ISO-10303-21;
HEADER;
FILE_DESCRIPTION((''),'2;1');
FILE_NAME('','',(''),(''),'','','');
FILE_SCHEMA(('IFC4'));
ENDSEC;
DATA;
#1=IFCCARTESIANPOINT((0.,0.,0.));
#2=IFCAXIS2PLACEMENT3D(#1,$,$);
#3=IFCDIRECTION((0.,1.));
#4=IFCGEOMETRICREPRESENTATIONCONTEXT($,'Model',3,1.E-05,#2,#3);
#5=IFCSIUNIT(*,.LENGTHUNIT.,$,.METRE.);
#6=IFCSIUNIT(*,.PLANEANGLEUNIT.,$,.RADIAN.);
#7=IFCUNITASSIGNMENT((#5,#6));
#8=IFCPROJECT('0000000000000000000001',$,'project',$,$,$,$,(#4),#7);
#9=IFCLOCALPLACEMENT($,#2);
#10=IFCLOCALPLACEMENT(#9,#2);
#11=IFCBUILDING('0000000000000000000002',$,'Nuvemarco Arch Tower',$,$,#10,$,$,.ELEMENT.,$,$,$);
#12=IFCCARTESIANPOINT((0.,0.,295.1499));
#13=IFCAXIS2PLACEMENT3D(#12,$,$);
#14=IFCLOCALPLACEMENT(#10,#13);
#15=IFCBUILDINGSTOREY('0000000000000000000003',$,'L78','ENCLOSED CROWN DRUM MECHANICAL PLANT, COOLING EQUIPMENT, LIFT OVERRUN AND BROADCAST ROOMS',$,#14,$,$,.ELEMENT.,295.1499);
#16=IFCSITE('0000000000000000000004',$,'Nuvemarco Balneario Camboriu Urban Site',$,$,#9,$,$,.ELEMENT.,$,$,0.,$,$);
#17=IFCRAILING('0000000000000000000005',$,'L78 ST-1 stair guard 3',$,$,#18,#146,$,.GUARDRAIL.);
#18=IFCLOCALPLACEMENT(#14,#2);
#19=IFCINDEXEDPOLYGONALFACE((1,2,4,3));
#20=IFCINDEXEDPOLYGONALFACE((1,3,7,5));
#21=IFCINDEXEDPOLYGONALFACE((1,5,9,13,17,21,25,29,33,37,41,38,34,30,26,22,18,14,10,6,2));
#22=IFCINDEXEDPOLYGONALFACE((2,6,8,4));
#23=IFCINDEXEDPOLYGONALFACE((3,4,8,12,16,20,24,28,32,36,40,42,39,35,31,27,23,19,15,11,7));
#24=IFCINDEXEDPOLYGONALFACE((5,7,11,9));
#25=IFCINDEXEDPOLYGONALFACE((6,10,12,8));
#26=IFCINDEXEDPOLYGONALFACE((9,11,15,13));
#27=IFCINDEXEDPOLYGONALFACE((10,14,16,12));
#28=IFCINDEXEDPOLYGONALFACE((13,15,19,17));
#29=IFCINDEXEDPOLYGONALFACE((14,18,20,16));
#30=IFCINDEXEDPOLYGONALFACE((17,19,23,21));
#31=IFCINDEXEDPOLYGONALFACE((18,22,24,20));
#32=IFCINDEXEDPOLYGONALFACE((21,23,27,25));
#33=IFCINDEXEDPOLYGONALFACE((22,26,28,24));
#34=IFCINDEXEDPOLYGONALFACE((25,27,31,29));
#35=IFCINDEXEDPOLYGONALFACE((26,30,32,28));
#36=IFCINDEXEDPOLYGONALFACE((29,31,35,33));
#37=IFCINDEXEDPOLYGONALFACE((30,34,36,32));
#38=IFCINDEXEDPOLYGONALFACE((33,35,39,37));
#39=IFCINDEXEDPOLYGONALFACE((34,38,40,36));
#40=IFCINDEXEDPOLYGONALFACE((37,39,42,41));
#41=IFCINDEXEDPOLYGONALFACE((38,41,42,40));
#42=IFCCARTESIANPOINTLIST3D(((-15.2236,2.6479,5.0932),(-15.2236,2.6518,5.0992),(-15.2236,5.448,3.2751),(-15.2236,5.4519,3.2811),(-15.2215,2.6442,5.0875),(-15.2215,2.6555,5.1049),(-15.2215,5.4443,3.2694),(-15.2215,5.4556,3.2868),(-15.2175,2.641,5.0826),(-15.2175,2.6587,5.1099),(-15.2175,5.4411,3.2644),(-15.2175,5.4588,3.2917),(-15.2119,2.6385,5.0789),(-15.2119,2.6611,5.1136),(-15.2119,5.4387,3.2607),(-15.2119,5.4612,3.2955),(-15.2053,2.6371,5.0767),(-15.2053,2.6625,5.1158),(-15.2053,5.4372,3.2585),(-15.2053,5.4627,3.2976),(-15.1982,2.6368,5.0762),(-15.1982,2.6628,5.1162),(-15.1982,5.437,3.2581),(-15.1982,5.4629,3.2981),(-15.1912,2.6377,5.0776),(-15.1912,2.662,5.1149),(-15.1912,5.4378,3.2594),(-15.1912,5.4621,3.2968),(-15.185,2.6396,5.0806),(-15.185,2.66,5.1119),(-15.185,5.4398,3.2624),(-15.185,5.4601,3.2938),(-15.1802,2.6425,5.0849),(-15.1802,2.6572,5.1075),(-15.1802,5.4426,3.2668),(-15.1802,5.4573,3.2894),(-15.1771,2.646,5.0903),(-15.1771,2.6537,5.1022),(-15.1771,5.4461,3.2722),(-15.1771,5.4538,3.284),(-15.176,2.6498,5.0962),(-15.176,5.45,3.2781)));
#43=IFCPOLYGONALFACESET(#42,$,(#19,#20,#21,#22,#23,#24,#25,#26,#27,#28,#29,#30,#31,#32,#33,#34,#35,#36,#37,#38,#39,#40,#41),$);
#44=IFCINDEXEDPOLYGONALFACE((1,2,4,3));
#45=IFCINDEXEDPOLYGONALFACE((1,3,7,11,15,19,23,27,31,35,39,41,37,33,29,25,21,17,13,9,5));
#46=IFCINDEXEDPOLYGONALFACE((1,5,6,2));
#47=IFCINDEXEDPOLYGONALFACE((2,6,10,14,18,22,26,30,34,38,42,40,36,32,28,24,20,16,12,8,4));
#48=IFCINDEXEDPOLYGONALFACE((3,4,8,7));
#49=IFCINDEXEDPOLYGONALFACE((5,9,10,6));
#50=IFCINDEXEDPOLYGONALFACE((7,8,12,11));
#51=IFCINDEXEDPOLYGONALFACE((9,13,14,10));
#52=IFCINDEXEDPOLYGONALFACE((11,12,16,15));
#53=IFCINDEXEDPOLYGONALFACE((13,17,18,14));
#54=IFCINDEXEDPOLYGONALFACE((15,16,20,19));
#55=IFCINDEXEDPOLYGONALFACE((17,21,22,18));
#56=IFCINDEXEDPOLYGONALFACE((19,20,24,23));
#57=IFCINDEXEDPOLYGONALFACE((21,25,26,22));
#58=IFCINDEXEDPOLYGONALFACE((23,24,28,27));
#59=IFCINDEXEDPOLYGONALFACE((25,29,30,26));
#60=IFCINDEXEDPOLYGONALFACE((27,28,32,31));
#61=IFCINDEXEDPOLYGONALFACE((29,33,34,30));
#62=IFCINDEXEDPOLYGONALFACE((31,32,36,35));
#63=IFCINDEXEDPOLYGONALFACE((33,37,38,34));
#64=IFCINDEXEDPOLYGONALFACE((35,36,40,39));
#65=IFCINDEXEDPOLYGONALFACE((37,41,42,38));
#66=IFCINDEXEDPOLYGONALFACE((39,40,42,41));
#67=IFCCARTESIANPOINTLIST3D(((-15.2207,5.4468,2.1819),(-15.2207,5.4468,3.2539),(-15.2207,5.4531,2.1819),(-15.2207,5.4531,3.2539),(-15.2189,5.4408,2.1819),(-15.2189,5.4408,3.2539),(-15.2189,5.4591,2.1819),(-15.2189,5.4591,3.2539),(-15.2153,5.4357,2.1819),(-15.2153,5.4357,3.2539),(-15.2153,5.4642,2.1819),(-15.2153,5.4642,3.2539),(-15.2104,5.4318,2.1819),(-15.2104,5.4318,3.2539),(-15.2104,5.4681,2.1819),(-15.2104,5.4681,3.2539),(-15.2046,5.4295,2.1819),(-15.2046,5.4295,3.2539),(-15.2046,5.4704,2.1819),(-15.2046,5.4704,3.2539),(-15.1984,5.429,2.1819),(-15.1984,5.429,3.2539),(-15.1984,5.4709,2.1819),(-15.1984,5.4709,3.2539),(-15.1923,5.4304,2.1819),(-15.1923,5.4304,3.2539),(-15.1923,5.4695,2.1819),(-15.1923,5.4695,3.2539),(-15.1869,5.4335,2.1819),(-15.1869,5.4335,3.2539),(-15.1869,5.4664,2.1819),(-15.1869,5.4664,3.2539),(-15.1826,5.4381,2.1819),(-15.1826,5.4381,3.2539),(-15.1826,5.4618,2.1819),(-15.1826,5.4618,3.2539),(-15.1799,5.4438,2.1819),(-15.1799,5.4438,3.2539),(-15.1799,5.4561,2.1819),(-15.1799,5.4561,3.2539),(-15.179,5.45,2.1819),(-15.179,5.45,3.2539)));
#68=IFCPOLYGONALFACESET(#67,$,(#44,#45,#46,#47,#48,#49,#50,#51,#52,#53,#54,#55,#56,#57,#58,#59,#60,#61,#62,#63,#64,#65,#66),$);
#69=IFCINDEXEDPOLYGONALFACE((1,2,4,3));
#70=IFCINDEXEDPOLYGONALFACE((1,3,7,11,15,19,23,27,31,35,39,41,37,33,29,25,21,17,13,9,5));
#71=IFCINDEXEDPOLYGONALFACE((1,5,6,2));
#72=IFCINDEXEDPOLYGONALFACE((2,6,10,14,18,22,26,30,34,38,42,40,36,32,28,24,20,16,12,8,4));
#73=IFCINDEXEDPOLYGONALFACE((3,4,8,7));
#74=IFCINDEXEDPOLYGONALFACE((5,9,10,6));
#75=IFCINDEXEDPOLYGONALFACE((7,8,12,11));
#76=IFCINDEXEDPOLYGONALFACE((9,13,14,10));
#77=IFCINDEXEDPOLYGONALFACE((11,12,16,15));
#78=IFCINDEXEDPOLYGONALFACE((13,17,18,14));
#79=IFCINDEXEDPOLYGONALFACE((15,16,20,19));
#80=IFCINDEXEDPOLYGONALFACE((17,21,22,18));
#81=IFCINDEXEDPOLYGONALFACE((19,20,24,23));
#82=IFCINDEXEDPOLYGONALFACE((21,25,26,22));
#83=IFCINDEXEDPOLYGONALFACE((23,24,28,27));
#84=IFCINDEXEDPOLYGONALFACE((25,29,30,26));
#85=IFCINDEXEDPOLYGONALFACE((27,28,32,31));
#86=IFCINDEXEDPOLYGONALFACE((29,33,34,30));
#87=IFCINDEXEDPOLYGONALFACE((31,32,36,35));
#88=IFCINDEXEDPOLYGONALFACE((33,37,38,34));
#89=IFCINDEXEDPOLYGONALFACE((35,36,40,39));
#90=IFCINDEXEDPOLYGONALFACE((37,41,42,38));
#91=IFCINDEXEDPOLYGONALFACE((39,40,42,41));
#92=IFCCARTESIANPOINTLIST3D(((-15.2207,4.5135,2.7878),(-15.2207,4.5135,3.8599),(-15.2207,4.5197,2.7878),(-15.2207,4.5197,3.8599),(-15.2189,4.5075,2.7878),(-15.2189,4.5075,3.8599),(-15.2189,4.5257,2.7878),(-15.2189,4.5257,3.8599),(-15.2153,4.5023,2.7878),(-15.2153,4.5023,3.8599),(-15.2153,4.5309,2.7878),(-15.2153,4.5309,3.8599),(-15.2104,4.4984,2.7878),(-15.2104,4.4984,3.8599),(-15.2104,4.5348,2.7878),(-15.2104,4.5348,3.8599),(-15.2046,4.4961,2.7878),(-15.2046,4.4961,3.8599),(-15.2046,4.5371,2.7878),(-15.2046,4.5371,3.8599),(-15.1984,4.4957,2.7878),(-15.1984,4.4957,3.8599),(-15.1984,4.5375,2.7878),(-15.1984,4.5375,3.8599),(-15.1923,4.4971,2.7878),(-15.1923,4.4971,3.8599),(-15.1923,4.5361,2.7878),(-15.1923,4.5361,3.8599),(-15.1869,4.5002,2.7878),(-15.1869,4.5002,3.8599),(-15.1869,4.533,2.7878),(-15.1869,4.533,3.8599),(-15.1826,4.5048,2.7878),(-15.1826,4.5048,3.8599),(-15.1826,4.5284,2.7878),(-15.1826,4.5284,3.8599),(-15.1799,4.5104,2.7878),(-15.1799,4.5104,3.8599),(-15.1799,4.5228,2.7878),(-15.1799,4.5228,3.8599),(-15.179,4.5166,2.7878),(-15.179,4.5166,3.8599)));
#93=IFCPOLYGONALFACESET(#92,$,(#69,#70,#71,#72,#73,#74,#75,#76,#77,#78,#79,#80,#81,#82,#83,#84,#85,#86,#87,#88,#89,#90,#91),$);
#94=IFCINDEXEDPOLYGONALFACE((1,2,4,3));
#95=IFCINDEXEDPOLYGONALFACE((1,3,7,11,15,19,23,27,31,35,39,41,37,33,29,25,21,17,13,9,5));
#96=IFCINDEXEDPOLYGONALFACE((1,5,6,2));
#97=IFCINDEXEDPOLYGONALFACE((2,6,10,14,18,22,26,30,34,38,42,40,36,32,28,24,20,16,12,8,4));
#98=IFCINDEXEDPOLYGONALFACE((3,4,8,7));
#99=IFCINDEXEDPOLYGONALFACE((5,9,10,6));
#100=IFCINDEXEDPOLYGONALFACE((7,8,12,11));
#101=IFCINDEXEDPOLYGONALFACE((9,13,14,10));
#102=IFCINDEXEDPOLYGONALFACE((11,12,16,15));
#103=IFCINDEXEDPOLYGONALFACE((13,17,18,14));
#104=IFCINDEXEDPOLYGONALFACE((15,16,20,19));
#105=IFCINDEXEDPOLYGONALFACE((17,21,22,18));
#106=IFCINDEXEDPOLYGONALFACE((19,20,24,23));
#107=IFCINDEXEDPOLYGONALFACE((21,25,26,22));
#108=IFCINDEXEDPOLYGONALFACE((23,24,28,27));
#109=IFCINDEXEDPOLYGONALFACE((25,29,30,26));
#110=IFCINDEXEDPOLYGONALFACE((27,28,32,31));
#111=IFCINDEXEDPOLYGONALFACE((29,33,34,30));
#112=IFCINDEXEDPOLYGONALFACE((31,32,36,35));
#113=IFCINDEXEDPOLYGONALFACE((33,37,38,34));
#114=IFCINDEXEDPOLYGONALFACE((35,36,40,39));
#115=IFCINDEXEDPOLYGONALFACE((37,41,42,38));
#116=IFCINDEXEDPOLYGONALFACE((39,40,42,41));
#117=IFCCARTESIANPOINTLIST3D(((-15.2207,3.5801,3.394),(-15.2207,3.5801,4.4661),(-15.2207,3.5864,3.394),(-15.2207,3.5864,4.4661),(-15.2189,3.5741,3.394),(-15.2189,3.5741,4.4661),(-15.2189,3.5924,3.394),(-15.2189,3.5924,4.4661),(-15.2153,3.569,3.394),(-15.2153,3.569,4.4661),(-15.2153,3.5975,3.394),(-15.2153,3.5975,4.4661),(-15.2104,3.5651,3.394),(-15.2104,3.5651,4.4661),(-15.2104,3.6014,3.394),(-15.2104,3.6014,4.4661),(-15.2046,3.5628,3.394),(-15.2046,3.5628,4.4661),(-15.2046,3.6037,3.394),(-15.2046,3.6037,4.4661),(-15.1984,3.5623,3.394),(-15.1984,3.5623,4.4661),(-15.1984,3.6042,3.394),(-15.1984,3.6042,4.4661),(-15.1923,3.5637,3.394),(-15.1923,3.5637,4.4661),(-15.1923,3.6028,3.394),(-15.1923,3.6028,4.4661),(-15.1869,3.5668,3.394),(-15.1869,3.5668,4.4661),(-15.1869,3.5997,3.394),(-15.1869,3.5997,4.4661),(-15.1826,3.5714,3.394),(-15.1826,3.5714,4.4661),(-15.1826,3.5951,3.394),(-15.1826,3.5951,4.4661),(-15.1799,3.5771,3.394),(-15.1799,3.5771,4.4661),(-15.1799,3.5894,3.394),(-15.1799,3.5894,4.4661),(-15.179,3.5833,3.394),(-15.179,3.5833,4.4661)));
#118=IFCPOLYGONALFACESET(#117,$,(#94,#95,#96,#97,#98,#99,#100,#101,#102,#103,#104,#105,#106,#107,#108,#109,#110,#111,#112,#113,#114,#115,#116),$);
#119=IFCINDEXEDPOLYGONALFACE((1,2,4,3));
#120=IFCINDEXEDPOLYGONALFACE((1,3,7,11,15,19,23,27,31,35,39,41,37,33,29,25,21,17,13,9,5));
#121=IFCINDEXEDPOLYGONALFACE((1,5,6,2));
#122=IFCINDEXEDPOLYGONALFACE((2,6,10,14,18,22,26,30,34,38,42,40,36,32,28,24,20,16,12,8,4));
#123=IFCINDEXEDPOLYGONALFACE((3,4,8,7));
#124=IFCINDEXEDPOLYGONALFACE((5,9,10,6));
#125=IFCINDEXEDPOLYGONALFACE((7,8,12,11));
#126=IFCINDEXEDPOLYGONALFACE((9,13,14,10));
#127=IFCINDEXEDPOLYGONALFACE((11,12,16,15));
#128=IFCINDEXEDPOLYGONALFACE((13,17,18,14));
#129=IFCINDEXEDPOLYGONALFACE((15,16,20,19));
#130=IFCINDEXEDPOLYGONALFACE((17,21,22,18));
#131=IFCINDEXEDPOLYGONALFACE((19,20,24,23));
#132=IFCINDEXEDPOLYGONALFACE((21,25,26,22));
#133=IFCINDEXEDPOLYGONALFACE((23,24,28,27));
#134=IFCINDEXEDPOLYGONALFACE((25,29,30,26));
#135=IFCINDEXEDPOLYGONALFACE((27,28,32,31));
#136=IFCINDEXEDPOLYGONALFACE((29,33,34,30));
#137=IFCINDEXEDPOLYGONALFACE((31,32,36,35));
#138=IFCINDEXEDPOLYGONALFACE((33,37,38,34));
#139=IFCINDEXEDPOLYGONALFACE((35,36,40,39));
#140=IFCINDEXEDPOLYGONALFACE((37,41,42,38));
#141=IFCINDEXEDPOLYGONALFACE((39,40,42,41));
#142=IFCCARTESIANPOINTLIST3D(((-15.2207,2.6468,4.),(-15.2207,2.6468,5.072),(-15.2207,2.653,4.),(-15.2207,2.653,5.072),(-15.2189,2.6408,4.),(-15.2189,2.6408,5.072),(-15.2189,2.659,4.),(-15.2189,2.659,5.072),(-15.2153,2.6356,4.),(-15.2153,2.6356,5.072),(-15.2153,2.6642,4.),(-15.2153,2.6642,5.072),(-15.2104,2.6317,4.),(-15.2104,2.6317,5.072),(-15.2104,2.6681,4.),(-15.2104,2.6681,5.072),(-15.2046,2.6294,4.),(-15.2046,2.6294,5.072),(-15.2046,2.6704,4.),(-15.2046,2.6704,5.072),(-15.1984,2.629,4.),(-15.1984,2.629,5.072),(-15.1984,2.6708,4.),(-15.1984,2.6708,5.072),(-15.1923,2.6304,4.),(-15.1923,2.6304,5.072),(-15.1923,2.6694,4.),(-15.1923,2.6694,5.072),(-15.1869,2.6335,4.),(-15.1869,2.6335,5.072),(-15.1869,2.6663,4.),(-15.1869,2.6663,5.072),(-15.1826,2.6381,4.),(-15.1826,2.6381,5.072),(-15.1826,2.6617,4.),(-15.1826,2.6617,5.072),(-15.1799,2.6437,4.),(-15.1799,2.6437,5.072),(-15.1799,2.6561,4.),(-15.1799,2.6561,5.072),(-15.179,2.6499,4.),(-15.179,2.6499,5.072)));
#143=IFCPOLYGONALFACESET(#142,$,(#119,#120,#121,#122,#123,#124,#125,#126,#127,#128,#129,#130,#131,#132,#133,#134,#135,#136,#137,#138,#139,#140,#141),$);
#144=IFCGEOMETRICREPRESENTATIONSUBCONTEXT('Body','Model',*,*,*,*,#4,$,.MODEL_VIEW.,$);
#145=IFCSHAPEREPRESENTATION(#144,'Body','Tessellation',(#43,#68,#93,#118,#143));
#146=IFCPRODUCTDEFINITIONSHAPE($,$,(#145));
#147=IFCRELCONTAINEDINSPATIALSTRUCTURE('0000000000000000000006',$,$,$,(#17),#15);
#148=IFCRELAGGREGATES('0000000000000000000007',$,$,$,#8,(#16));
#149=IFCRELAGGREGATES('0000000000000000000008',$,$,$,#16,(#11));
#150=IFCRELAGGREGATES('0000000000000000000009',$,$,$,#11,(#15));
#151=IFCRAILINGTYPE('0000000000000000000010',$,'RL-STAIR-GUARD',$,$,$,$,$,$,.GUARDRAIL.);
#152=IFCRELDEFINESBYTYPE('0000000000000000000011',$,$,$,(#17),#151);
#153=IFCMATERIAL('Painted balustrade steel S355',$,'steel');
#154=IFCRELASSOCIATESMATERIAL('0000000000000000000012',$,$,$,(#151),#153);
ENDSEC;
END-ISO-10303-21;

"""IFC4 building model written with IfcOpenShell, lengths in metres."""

from ifc_helpers import new_model, si_unit, direction, frame, origin, origin_2d, place, context, subcontext, project, spatial, circle, extrude, material, type_object, element, save


model = new_model("IFC4")

# Units and contexts
model_context = context("Model", 3, precision=1e-05, world=origin(), true_north=direction((0.0, 1.0)))
body_context = subcontext(model_context, "Body", "Model", "MODEL_VIEW")
ifc_project = project(units=[si_unit("LENGTHUNIT", "METRE"), si_unit("PLANEANGLEUNIT", "RADIAN")], contexts=[model_context])

# Site, building, storey
site_placement = place(None, origin())
site = spatial("IfcSite", under=ifc_project, at=site_placement, Name="Nuvemarco Balneario Camboriu Urban Site", CompositionType="ELEMENT", RefElevation=0.0)
building_placement = place(site_placement, origin())
building = spatial("IfcBuilding", under=site, at=building_placement, Name="Nuvemarco Arch Tower", CompositionType="ELEMENT")
storey_placement = place(building_placement, frame((0.0, 0.0, 295.1499)))
storey = spatial("IfcBuildingStorey", under=building, at=storey_placement, Name="L78", Description="ENCLOSED CROWN DRUM MECHANICAL PLANT, COOLING EQUIPMENT, LIFT OVERRUN AND BROADCAST ROOMS", CompositionType="ELEMENT", Elevation=295.1499)

# Railing
ifc_material_1 = material(Name="Painted balustrade steel S355", Category="steel")
railing_type_1 = type_object("IfcRailingType", Name="RL-STAIR-GUARD", PredefinedType="GUARDRAIL", material=ifc_material_1)
railing_1_placement = place(storey_placement, frame((-15.2, 5.45, 2.1819)))
element("IfcRailing", 1, at=railing_1_placement, inside=storey, type_object=railing_type_1, Name="L78 ST-1 stair guard 3", PredefinedType="GUARDRAIL", context=body_context, shape_type="SweptSolid", body=[
    extrude(circle(Radius=0.0239, at=origin_2d()), frame((0.0, 0.0, 1.0962), z_axis=(0.0, -0.838706, 0.544585), x_axis=(1.0, 0.0, 0.0)), (0.0, 0.0, 1.0), 3.3386),
    extrude(circle(Radius=0.021, at=origin_2d()), origin(), (0.0, 0.0, 1.0), 1.072),
    extrude(circle(Radius=0.021, at=origin_2d()), frame((0.0, -0.9333, 0.606)), (0.0, 0.0, 1.0), 1.072),
    extrude(circle(Radius=0.021, at=origin_2d()), frame((0.0, -1.8667, 1.2122)), (0.0, 0.0, 1.0), 1.072),
    extrude(circle(Radius=0.021, at=origin_2d()), frame((0.0, -2.8, 1.8181)), (0.0, 0.0, 1.0), 1.072),
])

save(model, "model.ifc")
